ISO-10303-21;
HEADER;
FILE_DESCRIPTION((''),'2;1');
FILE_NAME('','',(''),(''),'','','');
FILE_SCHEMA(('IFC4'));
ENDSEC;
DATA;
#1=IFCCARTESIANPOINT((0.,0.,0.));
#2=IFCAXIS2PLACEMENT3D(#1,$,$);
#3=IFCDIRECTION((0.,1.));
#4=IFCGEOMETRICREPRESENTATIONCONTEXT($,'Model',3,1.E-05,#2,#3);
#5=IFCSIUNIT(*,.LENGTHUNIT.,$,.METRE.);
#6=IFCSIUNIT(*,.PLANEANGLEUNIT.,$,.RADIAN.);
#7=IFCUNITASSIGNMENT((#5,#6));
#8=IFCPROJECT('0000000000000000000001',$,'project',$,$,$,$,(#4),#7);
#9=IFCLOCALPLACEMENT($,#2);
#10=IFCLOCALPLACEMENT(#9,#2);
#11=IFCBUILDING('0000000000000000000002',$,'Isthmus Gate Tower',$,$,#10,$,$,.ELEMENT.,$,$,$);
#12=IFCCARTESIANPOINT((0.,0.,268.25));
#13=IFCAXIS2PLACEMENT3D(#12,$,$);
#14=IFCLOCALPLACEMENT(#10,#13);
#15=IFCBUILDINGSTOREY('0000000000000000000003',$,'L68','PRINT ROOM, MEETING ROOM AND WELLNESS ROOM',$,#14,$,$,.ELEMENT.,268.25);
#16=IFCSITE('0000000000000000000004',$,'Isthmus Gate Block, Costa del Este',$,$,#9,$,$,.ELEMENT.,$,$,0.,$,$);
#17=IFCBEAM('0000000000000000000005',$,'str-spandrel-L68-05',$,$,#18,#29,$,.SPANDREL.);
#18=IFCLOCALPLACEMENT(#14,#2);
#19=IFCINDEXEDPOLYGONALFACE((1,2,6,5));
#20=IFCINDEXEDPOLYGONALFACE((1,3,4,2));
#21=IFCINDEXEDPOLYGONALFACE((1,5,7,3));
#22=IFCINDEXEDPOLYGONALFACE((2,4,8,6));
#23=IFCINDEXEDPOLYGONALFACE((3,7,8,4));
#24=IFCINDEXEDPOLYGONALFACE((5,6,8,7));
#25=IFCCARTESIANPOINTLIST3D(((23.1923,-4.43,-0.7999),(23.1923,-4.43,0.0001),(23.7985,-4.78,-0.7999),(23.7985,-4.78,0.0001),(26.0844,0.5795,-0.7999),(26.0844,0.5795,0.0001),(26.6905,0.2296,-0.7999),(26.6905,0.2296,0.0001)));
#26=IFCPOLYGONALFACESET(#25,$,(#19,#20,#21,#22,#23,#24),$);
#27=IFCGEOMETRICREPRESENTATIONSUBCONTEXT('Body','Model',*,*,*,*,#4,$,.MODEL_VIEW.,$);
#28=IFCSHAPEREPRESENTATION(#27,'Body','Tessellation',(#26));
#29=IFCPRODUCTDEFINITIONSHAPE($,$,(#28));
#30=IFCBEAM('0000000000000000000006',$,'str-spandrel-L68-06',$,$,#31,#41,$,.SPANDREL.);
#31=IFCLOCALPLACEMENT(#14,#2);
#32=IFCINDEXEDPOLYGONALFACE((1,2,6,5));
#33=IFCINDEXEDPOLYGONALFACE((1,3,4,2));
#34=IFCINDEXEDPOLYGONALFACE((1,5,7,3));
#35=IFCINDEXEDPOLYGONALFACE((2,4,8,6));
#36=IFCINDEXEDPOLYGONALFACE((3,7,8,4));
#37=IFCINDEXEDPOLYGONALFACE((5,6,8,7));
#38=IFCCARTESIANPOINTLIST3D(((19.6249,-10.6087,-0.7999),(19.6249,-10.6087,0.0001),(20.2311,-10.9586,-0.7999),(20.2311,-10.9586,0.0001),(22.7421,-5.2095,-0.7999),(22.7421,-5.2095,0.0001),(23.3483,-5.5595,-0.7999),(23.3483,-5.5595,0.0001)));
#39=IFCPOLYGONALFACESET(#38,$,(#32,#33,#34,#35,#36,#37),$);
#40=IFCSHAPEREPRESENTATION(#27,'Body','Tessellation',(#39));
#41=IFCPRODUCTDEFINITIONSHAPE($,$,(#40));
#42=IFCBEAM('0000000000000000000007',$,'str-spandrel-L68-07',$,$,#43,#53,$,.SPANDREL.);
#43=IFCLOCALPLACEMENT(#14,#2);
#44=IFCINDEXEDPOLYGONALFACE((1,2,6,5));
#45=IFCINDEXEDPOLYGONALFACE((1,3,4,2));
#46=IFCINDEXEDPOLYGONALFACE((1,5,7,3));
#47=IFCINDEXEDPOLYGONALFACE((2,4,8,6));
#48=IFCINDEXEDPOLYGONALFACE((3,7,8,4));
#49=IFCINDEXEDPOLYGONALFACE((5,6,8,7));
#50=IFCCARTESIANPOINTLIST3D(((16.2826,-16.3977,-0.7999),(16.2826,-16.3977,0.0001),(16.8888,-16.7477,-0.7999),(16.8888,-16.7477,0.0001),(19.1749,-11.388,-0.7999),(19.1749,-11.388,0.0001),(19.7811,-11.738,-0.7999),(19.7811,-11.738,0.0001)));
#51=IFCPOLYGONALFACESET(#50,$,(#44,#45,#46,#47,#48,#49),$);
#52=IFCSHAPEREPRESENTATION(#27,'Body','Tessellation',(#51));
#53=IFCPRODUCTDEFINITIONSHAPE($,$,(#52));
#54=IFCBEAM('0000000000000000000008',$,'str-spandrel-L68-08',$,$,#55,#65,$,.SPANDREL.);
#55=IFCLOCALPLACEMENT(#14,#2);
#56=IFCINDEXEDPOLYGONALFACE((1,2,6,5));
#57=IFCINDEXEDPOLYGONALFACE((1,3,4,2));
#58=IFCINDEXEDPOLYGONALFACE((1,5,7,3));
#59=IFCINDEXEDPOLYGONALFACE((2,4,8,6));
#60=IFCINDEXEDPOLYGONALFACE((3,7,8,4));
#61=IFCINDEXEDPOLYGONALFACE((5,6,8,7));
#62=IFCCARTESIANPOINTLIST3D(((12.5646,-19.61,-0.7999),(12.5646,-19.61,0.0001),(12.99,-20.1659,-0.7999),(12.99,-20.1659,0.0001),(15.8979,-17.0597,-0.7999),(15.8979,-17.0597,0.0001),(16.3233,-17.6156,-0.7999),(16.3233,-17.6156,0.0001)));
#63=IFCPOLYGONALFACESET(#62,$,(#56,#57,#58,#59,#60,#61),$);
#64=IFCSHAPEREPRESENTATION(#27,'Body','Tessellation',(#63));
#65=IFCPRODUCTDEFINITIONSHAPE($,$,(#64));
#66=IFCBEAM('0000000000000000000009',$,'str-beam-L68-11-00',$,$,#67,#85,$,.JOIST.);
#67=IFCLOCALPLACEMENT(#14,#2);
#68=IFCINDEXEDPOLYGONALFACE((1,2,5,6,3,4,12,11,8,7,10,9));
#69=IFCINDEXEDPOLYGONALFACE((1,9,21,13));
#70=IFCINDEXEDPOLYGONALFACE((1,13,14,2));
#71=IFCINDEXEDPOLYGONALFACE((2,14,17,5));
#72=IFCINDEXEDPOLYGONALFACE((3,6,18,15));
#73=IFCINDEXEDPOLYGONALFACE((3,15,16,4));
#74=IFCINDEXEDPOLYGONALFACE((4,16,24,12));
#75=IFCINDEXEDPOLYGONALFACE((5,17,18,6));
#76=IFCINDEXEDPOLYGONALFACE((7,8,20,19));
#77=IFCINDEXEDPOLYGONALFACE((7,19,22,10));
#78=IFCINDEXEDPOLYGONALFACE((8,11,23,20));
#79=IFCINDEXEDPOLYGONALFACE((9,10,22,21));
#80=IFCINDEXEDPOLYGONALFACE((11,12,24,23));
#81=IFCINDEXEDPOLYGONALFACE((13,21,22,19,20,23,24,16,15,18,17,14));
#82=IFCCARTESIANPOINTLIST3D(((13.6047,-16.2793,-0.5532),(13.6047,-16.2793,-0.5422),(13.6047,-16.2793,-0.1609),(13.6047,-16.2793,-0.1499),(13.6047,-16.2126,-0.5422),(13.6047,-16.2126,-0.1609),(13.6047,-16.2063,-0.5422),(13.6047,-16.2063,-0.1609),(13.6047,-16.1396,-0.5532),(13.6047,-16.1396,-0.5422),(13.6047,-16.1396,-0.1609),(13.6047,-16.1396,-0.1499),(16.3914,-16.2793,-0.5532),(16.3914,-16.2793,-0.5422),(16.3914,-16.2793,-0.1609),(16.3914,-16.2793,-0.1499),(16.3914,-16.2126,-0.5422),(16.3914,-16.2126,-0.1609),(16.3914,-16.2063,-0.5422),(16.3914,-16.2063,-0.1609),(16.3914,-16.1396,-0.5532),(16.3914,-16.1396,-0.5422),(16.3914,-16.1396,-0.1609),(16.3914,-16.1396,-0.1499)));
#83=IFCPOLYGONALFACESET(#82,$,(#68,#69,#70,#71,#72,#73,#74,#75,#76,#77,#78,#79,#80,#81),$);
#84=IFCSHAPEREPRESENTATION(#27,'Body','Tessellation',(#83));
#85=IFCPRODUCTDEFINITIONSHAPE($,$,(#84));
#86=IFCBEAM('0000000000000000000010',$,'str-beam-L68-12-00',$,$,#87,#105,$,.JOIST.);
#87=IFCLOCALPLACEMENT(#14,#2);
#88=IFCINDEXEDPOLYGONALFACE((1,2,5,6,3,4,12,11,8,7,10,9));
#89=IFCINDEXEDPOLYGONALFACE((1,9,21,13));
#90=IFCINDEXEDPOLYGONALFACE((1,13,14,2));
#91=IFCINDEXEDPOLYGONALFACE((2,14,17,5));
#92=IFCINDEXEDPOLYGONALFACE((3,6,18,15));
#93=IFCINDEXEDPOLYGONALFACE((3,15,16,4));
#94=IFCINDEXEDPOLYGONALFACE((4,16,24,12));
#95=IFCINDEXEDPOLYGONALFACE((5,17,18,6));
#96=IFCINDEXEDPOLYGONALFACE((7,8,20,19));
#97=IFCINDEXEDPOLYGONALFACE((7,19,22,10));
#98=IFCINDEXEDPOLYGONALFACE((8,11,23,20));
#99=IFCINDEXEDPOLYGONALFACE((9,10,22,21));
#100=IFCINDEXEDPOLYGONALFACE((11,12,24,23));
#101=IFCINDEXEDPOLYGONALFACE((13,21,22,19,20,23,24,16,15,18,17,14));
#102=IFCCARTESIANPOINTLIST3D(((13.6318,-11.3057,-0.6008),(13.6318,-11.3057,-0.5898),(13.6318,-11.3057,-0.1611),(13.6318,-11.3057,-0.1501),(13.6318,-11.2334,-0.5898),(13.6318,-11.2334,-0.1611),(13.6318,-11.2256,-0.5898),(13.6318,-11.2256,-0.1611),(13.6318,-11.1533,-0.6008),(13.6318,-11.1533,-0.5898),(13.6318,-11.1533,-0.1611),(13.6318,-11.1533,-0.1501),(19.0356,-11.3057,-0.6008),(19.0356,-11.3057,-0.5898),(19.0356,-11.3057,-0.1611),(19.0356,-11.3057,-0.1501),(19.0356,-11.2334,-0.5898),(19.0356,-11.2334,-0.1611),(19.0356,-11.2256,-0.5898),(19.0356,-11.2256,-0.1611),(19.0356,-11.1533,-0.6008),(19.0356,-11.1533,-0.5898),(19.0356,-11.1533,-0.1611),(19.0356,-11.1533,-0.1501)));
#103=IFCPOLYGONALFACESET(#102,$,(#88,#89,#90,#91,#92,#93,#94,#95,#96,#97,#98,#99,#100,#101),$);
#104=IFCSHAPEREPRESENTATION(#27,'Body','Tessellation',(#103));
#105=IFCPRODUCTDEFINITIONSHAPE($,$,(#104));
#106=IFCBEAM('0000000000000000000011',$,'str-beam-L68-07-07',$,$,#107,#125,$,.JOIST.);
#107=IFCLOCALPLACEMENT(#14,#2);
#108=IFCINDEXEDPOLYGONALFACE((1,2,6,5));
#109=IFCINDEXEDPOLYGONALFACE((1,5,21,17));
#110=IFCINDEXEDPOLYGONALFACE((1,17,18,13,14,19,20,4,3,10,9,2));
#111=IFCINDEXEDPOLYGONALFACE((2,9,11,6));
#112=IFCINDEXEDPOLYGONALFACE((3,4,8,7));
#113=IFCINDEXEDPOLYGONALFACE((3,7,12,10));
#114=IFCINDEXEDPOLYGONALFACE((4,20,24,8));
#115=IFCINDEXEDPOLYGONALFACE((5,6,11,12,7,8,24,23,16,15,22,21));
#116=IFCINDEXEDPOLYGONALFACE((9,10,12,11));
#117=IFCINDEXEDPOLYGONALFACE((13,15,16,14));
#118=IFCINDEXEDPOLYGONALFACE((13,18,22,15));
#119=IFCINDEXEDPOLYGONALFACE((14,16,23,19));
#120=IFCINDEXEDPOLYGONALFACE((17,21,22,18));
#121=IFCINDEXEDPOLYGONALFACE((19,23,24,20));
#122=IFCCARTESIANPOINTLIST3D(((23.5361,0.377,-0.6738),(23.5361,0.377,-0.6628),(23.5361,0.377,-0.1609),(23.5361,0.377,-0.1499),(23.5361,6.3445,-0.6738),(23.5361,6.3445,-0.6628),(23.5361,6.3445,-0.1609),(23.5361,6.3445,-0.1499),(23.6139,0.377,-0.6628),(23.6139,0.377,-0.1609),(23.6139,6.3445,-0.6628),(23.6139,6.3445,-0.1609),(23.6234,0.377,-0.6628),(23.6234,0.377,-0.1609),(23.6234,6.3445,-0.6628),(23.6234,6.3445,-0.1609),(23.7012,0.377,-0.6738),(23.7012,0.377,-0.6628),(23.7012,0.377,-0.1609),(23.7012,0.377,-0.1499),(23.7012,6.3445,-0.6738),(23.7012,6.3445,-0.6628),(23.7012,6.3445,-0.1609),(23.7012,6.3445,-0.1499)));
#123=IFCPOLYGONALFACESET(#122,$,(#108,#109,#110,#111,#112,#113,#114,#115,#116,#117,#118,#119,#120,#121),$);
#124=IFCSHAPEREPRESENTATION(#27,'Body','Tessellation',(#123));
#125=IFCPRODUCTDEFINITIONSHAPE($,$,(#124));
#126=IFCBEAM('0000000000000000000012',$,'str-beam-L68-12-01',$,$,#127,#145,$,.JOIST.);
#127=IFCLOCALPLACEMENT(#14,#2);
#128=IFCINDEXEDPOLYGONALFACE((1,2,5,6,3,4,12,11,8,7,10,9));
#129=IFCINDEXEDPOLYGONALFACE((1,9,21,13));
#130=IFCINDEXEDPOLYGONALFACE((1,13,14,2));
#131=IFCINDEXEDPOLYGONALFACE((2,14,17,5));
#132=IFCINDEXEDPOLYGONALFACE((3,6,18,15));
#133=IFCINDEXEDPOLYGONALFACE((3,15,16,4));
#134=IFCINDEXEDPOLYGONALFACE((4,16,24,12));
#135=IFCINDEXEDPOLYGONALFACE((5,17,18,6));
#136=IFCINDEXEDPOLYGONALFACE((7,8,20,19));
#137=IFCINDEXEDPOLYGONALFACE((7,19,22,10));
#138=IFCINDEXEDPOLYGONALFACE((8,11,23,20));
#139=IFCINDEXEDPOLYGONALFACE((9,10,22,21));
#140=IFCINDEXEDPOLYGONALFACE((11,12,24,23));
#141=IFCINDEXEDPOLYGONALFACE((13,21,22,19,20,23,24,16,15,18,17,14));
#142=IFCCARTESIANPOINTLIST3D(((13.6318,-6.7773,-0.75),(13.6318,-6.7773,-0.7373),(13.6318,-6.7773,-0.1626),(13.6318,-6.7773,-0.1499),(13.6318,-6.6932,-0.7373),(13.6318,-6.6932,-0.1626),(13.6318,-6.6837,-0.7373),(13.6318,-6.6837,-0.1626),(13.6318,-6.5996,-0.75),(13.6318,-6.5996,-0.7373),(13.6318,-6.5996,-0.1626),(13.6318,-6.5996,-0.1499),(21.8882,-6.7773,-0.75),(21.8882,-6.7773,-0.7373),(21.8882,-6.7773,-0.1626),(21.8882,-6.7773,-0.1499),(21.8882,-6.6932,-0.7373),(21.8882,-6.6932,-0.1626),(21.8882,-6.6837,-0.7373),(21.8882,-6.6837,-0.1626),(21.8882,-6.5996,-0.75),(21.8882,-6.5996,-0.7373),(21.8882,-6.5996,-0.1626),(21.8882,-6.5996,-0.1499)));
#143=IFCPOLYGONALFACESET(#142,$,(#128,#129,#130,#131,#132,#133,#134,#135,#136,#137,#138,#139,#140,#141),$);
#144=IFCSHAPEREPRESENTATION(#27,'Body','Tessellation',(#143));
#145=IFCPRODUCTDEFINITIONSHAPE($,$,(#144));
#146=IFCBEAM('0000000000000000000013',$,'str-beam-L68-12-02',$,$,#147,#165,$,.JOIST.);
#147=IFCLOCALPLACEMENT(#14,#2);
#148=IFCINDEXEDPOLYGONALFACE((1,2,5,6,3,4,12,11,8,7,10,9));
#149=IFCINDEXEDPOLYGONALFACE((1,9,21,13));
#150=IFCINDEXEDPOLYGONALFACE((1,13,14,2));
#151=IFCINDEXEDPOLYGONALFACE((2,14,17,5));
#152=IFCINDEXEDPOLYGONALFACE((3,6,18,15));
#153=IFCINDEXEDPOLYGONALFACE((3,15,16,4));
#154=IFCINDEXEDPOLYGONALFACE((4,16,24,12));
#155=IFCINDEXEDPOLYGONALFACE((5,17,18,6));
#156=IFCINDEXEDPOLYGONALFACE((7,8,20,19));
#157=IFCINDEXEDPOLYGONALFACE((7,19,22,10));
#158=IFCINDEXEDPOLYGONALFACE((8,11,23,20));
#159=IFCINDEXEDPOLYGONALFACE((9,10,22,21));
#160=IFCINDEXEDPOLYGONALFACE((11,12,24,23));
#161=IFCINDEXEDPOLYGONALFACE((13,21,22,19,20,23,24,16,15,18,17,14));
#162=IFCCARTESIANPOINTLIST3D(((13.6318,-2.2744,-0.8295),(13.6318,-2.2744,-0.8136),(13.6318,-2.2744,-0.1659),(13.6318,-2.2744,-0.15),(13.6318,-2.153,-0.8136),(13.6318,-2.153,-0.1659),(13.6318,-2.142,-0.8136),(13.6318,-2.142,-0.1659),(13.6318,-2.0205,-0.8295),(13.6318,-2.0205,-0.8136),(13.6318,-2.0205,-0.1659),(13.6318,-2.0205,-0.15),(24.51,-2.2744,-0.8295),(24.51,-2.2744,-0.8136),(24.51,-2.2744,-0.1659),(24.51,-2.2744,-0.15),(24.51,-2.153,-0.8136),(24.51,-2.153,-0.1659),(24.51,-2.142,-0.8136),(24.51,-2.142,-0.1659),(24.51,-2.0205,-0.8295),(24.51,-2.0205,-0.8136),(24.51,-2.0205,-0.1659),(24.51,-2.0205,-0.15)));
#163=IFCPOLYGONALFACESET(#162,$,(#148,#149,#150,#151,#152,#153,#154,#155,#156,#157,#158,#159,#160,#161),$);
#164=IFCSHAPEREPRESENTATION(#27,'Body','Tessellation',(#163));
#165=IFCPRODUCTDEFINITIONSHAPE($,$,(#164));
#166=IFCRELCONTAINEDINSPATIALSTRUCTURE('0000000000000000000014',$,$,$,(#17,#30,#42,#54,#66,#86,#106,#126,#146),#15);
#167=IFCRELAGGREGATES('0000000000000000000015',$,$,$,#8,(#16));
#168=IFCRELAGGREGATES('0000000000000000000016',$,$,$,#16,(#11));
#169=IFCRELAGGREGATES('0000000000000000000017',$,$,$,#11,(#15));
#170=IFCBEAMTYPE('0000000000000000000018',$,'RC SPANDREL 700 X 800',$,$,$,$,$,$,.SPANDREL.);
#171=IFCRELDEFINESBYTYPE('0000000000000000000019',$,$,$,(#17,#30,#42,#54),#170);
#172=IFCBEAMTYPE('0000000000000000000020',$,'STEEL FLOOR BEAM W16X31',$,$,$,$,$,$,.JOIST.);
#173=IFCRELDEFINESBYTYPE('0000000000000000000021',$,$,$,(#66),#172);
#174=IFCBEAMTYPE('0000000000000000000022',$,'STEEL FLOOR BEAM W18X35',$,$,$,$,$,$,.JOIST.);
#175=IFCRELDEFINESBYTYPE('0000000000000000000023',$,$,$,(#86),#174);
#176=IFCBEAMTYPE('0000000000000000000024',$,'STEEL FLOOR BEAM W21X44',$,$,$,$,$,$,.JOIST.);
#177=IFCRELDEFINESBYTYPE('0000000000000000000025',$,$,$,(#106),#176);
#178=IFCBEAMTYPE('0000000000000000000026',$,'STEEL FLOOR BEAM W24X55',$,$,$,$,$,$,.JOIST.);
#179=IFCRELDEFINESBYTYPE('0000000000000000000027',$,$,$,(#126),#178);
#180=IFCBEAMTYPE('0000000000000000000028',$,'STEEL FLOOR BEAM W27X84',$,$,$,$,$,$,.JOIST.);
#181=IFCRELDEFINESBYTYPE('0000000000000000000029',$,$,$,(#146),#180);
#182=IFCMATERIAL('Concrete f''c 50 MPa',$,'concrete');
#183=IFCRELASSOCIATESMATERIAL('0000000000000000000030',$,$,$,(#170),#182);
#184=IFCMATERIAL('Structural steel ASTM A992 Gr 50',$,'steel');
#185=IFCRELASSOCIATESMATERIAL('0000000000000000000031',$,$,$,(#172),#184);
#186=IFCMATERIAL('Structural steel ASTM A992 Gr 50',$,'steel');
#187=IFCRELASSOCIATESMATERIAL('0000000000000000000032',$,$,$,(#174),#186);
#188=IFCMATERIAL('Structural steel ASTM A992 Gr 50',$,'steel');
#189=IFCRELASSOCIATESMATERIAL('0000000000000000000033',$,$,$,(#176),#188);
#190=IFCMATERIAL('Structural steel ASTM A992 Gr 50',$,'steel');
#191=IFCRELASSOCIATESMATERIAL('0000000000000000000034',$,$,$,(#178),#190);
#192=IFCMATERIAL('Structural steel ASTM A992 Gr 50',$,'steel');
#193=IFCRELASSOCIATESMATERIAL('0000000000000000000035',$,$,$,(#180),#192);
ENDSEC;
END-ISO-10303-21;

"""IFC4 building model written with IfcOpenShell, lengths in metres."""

from ifc_helpers import new_model, si_unit, direction, frame, origin, origin_2d, place, context, subcontext, project, spatial, rectangle, i_section, extrude, material, material_profile, profile_set, type_object, element, save


model = new_model("IFC4")

# Units and contexts
model_context = context("Model", 3, precision=1e-05, world=origin(), true_north=direction((0.0, 1.0)))
body_context = subcontext(model_context, "Body", "Model", "MODEL_VIEW")
ifc_project = project(units=[si_unit("LENGTHUNIT", "METRE"), si_unit("PLANEANGLEUNIT", "RADIAN")], contexts=[model_context])

# Site, building, storey
site_placement = place(None, origin())
site = spatial("IfcSite", under=ifc_project, at=site_placement, Name="Isthmus Gate Block, Costa del Este", CompositionType="ELEMENT", RefElevation=0.0)
building_placement = place(site_placement, origin())
building = spatial("IfcBuilding", under=site, at=building_placement, Name="Isthmus Gate Tower", CompositionType="ELEMENT")
storey_placement = place(building_placement, frame((0.0, 0.0, 268.25)))
storey = spatial("IfcBuildingStorey", under=building, at=storey_placement, Name="L68", Description="PRINT ROOM, MEETING ROOM AND WELLNESS ROOM", CompositionType="ELEMENT", Elevation=268.25)

# Beams
ifc_material_1 = material(Name="Concrete f'c 50 MPa", Category="concrete")
ifc_material_profile_1 = material_profile(ifc_material_1, rectangle(XDim=0.7, YDim=0.8, at=origin_2d()), Name="RC 700X800")
ifc_profile_set_1 = profile_set([ifc_material_profile_1], Name="Concrete f'c 50 MPa")
beam_type_1 = type_object("IfcBeamType", Name="RC SPANDREL 700 X 800", PredefinedType="SPANDREL", material=ifc_profile_set_1)
beam_1_placement = place(storey_placement, frame((26.3875, 0.4045, -0.3999), z_axis=(-0.499979, -0.866037, 0.0), x_axis=(0.866037, -0.499979, 0.0)))
element("IfcBeam", 1, at=beam_1_placement, inside=storey, type_object=beam_type_1, Name="str-spandrel-L68-05", PredefinedType="SPANDREL", context=body_context, shape_type="SweptSolid", body=[
    extrude(rectangle(XDim=0.7, YDim=0.8, at=origin_2d()), origin(), (0.0, 0.0, 1.0), 5.7844),
])
beam_2_placement = place(storey_placement, frame((23.0452, -5.3845, -0.3999), z_axis=(-0.499997, -0.866027, 0.0), x_axis=(0.866027, -0.499997, 0.0)))
element("IfcBeam", 2, at=beam_2_placement, inside=storey, type_object=beam_type_1, Name="str-spandrel-L68-06", PredefinedType="SPANDREL", context=body_context, shape_type="SweptSolid", body=[
    extrude(rectangle(XDim=0.7, YDim=0.8, at=origin_2d()), origin(), (0.0, 0.0, 1.0), 6.2344),
])
beam_3_placement = place(storey_placement, frame((19.478, -11.563, -0.3999), z_axis=(-0.499993, -0.86603, 0.0), x_axis=(0.86603, -0.499993, 0.0)))
element("IfcBeam", 3, at=beam_3_placement, inside=storey, type_object=beam_type_1, Name="str-spandrel-L68-07", PredefinedType="SPANDREL", context=body_context, shape_type="SweptSolid", body=[
    extrude(rectangle(XDim=0.7, YDim=0.8, at=origin_2d()), origin(), (0.0, 0.0, 1.0), 5.7847),
])
beam_4_placement = place(storey_placement, frame((16.1106, -17.3376, -0.3999), z_axis=(-0.794204, -0.607651, 0.0), x_axis=(0.607651, -0.794204, 0.0)))
element("IfcBeam", 4, at=beam_4_placement, inside=storey, type_object=beam_type_1, Name="str-spandrel-L68-08", PredefinedType="SPANDREL", context=body_context, shape_type="SweptSolid", body=[
    extrude(rectangle(XDim=0.7, YDim=0.8, at=origin_2d()), origin(), (0.0, 0.0, 1.0), 4.197),
])
ifc_material_2 = material(Name="Structural steel ASTM A992 Gr 50", Category="steel")
ifc_material_profile_2 = material_profile(ifc_material_2, i_section(OverallWidth=0.1396, OverallDepth=0.4033, WebThickness=0.0063, FlangeThickness=0.011, at=origin_2d()), Name="W16X31")
ifc_profile_set_2 = profile_set([ifc_material_profile_2], Name="Structural steel ASTM A992 Gr 50")
beam_type_2 = type_object("IfcBeamType", Name="STEEL FLOOR BEAM W16X31", PredefinedType="JOIST", material=ifc_profile_set_2)
beam_5_placement = place(storey_placement, frame((13.6047, -16.2095, -0.3516), z_axis=(1.0, 0.0, 0.0), x_axis=(0.0, 1.0, 0.0)))
element("IfcBeam", 5, at=beam_5_placement, inside=storey, type_object=beam_type_2, Name="str-beam-L68-11-00", PredefinedType="JOIST", context=body_context, shape_type="SweptSolid", body=[
    extrude(i_section(OverallWidth=0.1396, OverallDepth=0.4033, WebThickness=0.0063, FlangeThickness=0.011, at=origin_2d()), origin(), (0.0, 0.0, 1.0), 2.7866),
])
ifc_material_3 = material(Name="Structural steel ASTM A992 Gr 50", Category="steel")
ifc_material_profile_3 = material_profile(ifc_material_3, i_section(OverallWidth=0.1523, OverallDepth=0.4507, WebThickness=0.0078, FlangeThickness=0.011, at=origin_2d()), Name="W18X35")
ifc_profile_set_3 = profile_set([ifc_material_profile_3], Name="Structural steel ASTM A992 Gr 50")
beam_type_3 = type_object("IfcBeamType", Name="STEEL FLOOR BEAM W18X35", PredefinedType="JOIST", material=ifc_profile_set_3)
beam_6_placement = place(storey_placement, frame((13.6318, -11.2295, -0.3755), z_axis=(1.0, 0.0, 0.0), x_axis=(0.0, 1.0, 0.0)))
element("IfcBeam", 6, at=beam_6_placement, inside=storey, type_object=beam_type_3, Name="str-beam-L68-12-00", PredefinedType="JOIST", context=body_context, shape_type="SweptSolid", body=[
    extrude(i_section(OverallWidth=0.1523, OverallDepth=0.4507, WebThickness=0.0078, FlangeThickness=0.011, at=origin_2d()), origin(), (0.0, 0.0, 1.0), 5.4038),
])
ifc_material_4 = material(Name="Structural steel ASTM A992 Gr 50", Category="steel")
ifc_material_profile_4 = material_profile(ifc_material_4, i_section(OverallWidth=0.165, OverallDepth=0.5239, WebThickness=0.0095, FlangeThickness=0.011, at=origin_2d()), Name="W21X44")
ifc_profile_set_4 = profile_set([ifc_material_profile_4], Name="Structural steel ASTM A992 Gr 50")
beam_type_4 = type_object("IfcBeamType", Name="STEEL FLOOR BEAM W21X44", PredefinedType="JOIST", material=ifc_profile_set_4)
beam_7_placement = place(storey_placement, frame((23.6187, 0.377, -0.4119), z_axis=(0.0, 1.0, 0.0), x_axis=(-1.0, 0.0, 0.0)))
element("IfcBeam", 7, at=beam_7_placement, inside=storey, type_object=beam_type_4, Name="str-beam-L68-07-07", PredefinedType="JOIST", context=body_context, shape_type="SweptSolid", body=[
    extrude(i_section(OverallWidth=0.165, OverallDepth=0.5239, WebThickness=0.0095, FlangeThickness=0.011, at=origin_2d()), origin(), (0.0, 0.0, 1.0), 5.9675),
])
ifc_material_5 = material(Name="Structural steel ASTM A992 Gr 50", Category="steel")
ifc_material_profile_5 = material_profile(ifc_material_5, i_section(OverallWidth=0.1777, OverallDepth=0.6001, WebThickness=0.0095, FlangeThickness=0.0127, at=origin_2d()), Name="W24X55")
ifc_profile_set_5 = profile_set([ifc_material_profile_5], Name="Structural steel ASTM A992 Gr 50")
beam_type_5 = type_object("IfcBeamType", Name="STEEL FLOOR BEAM W24X55", PredefinedType="JOIST", material=ifc_profile_set_5)
beam_8_placement = place(storey_placement, frame((13.6318, -6.6885, -0.45), z_axis=(1.0, 0.0, 0.0), x_axis=(0.0, 1.0, 0.0)))
element("IfcBeam", 8, at=beam_8_placement, inside=storey, type_object=beam_type_5, Name="str-beam-L68-12-01", PredefinedType="JOIST", context=body_context, shape_type="SweptSolid", body=[
    extrude(i_section(OverallWidth=0.1777, OverallDepth=0.6001, WebThickness=0.0095, FlangeThickness=0.0127, at=origin_2d()), origin(), (0.0, 0.0, 1.0), 8.2563),
])
ifc_material_6 = material(Name="Structural steel ASTM A992 Gr 50", Category="steel")
ifc_material_profile_6 = material_profile(ifc_material_6, i_section(OverallWidth=0.2539, OverallDepth=0.6794, WebThickness=0.011, FlangeThickness=0.0159, at=origin_2d()), Name="W27X84")
ifc_profile_set_6 = profile_set([ifc_material_profile_6], Name="Structural steel ASTM A992 Gr 50")
beam_type_6 = type_object("IfcBeamType", Name="STEEL FLOOR BEAM W27X84", PredefinedType="JOIST", material=ifc_profile_set_6)
beam_9_placement = place(storey_placement, frame((13.6318, -2.1475, -0.4897), z_axis=(1.0, 0.0, 0.0), x_axis=(0.0, 1.0, 0.0)))
element("IfcBeam", 9, at=beam_9_placement, inside=storey, type_object=beam_type_6, Name="str-beam-L68-12-02", PredefinedType="JOIST", context=body_context, shape_type="SweptSolid", body=[
    extrude(i_section(OverallWidth=0.2539, OverallDepth=0.6794, WebThickness=0.011, FlangeThickness=0.0159, at=origin_2d()), origin(), (0.0, 0.0, 1.0), 10.8782),
])

save(model, "model.ifc")
